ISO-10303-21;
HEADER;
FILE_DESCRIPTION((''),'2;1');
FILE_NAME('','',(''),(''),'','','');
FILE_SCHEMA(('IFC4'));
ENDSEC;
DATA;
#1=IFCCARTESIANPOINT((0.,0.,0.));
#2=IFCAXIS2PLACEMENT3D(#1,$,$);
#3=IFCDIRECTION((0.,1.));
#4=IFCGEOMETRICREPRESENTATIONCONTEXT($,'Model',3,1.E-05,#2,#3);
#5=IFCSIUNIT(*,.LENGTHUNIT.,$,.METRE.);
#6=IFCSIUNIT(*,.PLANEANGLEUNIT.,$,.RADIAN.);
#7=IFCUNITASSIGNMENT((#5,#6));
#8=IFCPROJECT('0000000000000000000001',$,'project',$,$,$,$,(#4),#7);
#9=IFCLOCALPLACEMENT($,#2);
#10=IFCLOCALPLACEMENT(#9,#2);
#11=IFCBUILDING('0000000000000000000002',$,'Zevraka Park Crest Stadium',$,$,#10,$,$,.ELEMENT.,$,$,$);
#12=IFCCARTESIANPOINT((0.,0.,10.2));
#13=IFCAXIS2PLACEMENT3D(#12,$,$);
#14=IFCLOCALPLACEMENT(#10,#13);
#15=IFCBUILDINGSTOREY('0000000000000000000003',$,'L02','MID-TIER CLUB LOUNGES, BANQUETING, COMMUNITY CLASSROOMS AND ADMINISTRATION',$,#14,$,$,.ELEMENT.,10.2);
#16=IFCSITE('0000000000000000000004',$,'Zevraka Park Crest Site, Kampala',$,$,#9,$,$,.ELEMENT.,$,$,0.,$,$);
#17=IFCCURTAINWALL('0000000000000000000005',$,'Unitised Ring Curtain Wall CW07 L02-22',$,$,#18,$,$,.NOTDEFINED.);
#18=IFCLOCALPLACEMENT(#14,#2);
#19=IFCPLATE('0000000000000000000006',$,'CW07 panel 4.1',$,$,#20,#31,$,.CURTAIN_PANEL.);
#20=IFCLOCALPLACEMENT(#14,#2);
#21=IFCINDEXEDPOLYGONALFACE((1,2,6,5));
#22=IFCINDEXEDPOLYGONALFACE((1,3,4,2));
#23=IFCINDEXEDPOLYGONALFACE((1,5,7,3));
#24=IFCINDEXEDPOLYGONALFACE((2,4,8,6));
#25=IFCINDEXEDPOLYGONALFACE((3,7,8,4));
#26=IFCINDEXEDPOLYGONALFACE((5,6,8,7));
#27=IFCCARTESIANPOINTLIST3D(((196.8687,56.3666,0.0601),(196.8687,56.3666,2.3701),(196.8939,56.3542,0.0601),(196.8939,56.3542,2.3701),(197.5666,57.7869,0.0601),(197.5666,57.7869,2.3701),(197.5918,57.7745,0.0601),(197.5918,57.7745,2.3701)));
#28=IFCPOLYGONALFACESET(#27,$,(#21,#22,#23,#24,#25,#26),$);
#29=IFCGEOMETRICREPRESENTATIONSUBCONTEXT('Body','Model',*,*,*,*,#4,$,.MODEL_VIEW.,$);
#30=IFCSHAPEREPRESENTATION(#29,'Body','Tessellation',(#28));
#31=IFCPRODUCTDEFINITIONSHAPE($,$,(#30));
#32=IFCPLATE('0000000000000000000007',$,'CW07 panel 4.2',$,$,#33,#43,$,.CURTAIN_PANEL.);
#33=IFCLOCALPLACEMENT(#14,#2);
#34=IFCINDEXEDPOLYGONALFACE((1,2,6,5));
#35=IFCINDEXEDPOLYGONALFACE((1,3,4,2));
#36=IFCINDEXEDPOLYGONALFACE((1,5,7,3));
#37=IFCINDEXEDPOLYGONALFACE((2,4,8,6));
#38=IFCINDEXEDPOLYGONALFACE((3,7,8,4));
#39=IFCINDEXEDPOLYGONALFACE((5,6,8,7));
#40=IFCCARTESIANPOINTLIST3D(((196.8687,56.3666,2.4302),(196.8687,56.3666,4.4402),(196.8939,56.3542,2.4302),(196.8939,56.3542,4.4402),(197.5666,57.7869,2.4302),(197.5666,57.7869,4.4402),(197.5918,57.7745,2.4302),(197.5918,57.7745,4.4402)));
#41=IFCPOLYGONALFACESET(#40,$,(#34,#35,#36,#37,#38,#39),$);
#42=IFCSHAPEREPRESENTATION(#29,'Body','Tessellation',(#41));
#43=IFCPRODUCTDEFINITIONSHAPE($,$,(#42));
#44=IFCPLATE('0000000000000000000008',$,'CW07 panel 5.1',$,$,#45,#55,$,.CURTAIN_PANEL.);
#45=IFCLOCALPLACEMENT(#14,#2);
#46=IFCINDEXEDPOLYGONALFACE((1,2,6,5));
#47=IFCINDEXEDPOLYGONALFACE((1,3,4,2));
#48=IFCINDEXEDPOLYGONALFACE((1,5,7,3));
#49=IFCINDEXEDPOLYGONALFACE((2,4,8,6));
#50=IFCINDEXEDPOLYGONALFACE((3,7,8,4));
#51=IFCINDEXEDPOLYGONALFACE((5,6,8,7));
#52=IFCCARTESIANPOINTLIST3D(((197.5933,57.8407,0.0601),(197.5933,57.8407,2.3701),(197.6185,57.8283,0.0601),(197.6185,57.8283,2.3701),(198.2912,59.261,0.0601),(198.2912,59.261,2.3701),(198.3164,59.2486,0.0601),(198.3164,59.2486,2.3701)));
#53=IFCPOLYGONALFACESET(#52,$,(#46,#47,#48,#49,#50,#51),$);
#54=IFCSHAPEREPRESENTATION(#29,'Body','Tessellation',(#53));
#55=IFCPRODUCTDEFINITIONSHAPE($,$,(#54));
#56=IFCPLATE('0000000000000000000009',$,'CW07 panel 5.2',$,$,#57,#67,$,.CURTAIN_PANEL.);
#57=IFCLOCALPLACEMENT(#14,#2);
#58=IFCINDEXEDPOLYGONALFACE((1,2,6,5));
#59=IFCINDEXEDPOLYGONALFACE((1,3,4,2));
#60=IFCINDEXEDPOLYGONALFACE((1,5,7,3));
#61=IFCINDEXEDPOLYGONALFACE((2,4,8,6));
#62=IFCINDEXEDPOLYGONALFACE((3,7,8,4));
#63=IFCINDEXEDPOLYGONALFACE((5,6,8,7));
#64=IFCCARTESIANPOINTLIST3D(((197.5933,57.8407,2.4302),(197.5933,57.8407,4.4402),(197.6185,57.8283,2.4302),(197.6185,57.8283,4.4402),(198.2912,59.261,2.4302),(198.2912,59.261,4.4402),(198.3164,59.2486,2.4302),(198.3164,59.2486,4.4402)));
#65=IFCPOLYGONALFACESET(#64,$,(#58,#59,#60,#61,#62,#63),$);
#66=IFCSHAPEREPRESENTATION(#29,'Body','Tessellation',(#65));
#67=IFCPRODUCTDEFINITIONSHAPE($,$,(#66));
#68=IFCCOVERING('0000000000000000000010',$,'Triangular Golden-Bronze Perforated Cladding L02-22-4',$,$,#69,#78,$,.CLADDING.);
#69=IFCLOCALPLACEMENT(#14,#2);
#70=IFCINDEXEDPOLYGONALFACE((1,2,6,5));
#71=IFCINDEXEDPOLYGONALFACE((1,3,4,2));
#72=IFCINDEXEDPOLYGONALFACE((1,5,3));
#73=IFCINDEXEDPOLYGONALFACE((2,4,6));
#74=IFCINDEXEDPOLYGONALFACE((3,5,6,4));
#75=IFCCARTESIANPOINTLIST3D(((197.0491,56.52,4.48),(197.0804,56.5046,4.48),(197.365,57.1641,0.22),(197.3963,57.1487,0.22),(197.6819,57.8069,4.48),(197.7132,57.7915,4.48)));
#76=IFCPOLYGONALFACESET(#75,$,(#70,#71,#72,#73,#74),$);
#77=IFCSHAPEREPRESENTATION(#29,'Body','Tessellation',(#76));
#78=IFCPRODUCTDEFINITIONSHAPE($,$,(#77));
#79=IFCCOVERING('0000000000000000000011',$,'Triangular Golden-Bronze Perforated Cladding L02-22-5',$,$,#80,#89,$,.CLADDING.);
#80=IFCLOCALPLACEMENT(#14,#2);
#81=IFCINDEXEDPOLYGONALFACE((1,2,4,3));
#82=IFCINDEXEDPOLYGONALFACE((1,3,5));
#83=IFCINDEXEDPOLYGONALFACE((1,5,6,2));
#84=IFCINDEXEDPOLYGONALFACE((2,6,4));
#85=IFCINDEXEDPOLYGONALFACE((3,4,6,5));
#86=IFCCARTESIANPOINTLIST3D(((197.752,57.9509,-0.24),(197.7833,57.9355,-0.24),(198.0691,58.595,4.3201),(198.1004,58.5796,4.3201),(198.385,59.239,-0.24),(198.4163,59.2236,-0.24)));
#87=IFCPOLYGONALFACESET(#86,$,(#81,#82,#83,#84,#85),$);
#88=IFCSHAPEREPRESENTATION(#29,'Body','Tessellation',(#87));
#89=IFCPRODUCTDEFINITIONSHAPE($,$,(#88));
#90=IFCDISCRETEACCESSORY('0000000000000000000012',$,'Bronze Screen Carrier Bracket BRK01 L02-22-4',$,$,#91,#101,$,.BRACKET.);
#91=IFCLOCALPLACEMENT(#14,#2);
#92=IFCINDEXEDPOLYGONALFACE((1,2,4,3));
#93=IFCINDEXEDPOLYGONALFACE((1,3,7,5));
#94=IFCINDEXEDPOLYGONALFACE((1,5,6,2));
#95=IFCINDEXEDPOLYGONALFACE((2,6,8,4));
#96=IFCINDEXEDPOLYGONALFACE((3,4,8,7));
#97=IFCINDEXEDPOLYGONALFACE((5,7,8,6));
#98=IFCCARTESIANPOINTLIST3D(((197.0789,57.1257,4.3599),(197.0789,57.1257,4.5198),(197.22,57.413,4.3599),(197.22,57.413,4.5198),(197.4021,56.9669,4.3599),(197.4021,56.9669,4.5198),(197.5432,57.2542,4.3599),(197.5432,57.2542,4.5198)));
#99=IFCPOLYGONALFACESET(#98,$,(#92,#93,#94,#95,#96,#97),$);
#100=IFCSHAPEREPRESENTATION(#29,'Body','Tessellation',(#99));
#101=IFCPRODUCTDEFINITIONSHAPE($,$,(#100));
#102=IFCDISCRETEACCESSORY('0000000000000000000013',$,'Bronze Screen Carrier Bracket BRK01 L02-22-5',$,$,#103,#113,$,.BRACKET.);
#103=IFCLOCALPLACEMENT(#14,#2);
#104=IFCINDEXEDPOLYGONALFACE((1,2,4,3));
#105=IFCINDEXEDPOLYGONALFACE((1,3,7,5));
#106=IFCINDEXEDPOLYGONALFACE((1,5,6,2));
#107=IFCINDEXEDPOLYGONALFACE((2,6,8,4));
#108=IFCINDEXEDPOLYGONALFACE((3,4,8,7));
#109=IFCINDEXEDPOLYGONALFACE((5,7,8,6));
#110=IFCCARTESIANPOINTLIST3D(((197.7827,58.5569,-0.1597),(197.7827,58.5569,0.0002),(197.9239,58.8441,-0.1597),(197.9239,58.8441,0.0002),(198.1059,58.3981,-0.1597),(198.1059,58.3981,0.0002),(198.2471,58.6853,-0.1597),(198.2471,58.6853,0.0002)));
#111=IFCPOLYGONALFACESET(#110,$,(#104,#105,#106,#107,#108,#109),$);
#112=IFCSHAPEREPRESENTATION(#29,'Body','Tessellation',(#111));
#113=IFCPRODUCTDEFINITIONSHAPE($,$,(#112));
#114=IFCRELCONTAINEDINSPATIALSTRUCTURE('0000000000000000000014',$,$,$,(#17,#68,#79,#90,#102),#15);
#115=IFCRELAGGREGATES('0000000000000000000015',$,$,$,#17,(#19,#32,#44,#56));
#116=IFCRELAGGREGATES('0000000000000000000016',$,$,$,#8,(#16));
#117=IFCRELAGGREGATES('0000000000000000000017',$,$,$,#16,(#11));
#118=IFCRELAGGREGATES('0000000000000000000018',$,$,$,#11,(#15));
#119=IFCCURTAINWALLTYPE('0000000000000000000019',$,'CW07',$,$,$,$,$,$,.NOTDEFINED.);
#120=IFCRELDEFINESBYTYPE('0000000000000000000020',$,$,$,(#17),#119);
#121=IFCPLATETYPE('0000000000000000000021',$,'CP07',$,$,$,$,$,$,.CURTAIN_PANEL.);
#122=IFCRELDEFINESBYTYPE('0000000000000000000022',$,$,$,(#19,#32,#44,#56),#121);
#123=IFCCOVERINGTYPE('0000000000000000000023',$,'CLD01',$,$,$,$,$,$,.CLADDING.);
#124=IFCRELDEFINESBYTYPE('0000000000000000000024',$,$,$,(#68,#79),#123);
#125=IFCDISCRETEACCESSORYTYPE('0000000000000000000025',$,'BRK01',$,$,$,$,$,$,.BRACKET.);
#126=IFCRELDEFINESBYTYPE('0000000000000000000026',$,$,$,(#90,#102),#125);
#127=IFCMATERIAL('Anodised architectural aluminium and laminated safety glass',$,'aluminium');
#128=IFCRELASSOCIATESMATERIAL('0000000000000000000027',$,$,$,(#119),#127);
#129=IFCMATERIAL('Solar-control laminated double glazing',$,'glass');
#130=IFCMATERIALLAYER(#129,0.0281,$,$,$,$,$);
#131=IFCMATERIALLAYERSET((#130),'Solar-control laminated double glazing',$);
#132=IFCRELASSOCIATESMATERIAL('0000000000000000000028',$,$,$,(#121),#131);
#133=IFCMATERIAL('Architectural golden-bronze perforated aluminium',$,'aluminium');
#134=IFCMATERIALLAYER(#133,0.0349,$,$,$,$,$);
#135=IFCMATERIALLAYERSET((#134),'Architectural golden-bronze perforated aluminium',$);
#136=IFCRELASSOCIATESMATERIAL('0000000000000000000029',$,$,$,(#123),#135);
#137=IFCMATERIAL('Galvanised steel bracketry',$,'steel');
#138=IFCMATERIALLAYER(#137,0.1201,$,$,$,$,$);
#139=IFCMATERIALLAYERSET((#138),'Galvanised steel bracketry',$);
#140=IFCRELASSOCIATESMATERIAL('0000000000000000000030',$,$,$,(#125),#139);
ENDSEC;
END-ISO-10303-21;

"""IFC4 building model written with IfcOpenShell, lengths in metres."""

from ifc_helpers import new_model, si_unit, direction, frame, origin, origin_2d, place, context, subcontext, project, spatial, polyline, rectangle, outline, extrude, material, layer, layer_set, type_object, element, aggregate, save


model = new_model("IFC4")

# Units and contexts
model_context = context("Model", 3, precision=1e-05, world=origin(), true_north=direction((0.0, 1.0)))
body_context = subcontext(model_context, "Body", "Model", "MODEL_VIEW")
ifc_project = project(units=[si_unit("LENGTHUNIT", "METRE"), si_unit("PLANEANGLEUNIT", "RADIAN")], contexts=[model_context])

# Site, building, storey
site_placement = place(None, origin())
site = spatial("IfcSite", under=ifc_project, at=site_placement, Name="Zevraka Park Crest Site, Kampala", CompositionType="ELEMENT", RefElevation=0.0)
building_placement = place(site_placement, origin())
building = spatial("IfcBuilding", under=site, at=building_placement, Name="Zevraka Park Crest Stadium", CompositionType="ELEMENT")
storey_placement = place(building_placement, frame((0.0, 0.0, 10.2)))
storey = spatial("IfcBuildingStorey", under=building, at=storey_placement, Name="L02", Description="MID-TIER CLUB LOUNGES, BANQUETING, COMMUNITY CLASSROOMS AND ADMINISTRATION", CompositionType="ELEMENT", Elevation=10.2)

# Curtain wall
ifc_material_1 = material(Name="Anodised architectural aluminium and laminated safety glass", Category="aluminium")
curtain_wall_type = type_object("IfcCurtainWallType", Name="CW07", PredefinedType="NOTDEFINED", material=ifc_material_1)
curtain_wall_placement = place(storey_placement, origin())
curtain_wall = element("IfcCurtainWall", 1, at=curtain_wall_placement, inside=storey, type_object=curtain_wall_type, Name="Unitised Ring Curtain Wall CW07 L02-22", PredefinedType="NOTDEFINED")

# Plates
ifc_material_2 = material(Name="Solar-control laminated double glazing", Category="glass")
ifc_layer_1 = layer(ifc_material_2, 0.0281)
ifc_layer_set_1 = layer_set([ifc_layer_1], Name="Solar-control laminated double glazing")
plate_type = type_object("IfcPlateType", Name="CP07", PredefinedType="CURTAIN_PANEL", material=ifc_layer_set_1)
plate_1_placement = place(storey_placement, frame((197.2302, 57.0706, 0.0601), z_axis=(0.0, 0.0, 1.0), x_axis=(0.441021, 0.897497, 0.0)))
plate_1 = element("IfcPlate", 2, at=plate_1_placement, type_object=plate_type, Name="CW07 panel 4.1", PredefinedType="CURTAIN_PANEL", context=body_context, shape_type="SweptSolid", body=[
    extrude(rectangle(XDim=1.5825, YDim=0.0281, at=origin_2d()), origin(), (0.0, 0.0, 1.0), 2.3101),
])
plate_2_placement = place(storey_placement, frame((197.2302, 57.0706, 2.4302), z_axis=(0.0, 0.0, 1.0), x_axis=(0.441021, 0.897497, 0.0)))
plate_2 = element("IfcPlate", 3, at=plate_2_placement, type_object=plate_type, Name="CW07 panel 4.2", PredefinedType="CURTAIN_PANEL", context=body_context, shape_type="SweptSolid", body=[
    extrude(rectangle(XDim=1.5825, YDim=0.0281, at=origin_2d()), origin(), (0.0, 0.0, 1.0), 2.01),
])
plate_3_placement = place(storey_placement, frame((197.9548, 58.5447, 0.0601), z_axis=(0.0, 0.0, 1.0), x_axis=(0.441021, 0.897497, 0.0)))
plate_3 = element("IfcPlate", 4, at=plate_3_placement, type_object=plate_type, Name="CW07 panel 5.1", PredefinedType="CURTAIN_PANEL", context=body_context, shape_type="SweptSolid", body=[
    extrude(rectangle(XDim=1.5825, YDim=0.0281, at=origin_2d()), origin(), (0.0, 0.0, 1.0), 2.3101),
])
plate_4_placement = place(storey_placement, frame((197.9548, 58.5447, 2.4302), z_axis=(0.0, 0.0, 1.0), x_axis=(0.441021, 0.897497, 0.0)))
plate_4 = element("IfcPlate", 5, at=plate_4_placement, type_object=plate_type, Name="CW07 panel 5.2", PredefinedType="CURTAIN_PANEL", context=body_context, shape_type="SweptSolid", body=[
    extrude(rectangle(XDim=1.5825, YDim=0.0281, at=origin_2d()), origin(), (0.0, 0.0, 1.0), 2.01),
])
aggregate(curtain_wall, [plate_1, plate_2, plate_3, plate_4])

# Coverings
ifc_material_3 = material(Name="Architectural golden-bronze perforated aluminium", Category="aluminium")
ifc_layer_2 = layer(ifc_material_3, 0.0349)
ifc_layer_set_2 = layer_set([ifc_layer_2], Name="Architectural golden-bronze perforated aluminium")
covering_type = type_object("IfcCoveringType", Name="CLD01", PredefinedType="CLADDING", material=ifc_layer_set_2)
covering_1_placement = place(storey_placement, frame((197.6819, 57.8069, 4.48), z_axis=(-0.89737, 0.441279, 0.000166), x_axis=(-0.441279, -0.89737, 0.0)))
element("IfcCovering", 6, at=covering_1_placement, inside=storey, type_object=covering_type, Name="Triangular Golden-Bronze Perforated Cladding L02-22-4", PredefinedType="CLADDING", context=body_context, shape_type="SweptSolid", body=[
    extrude(outline(polyline([(0.0, 0.0), (1.434, 0.0), (0.7167, -4.26), (0.0, 0.0)])), origin(), (0.0, 0.0, -1.0), 0.0349),
])
covering_2_placement = place(storey_placement, frame((197.752, 57.9509, -0.24), z_axis=(-0.897468, 0.441079, 0.00012), x_axis=(0.441079, 0.897468, 0.0)))
element("IfcCovering", 7, at=covering_2_placement, inside=storey, type_object=covering_type, Name="Triangular Golden-Bronze Perforated Cladding L02-22-5", PredefinedType="CLADDING", context=body_context, shape_type="SweptSolid", body=[
    extrude(outline(polyline([(0.0, 0.0), (1.4352, 0.0), (0.7179, -4.5601), (0.0, 0.0)])), origin(), (0.0, 0.0, -1.0), 0.0349),
])

# Discrete accessories
ifc_material_4 = material(Name="Galvanised steel bracketry", Category="steel")
ifc_layer_3 = layer(ifc_material_4, 0.1201)
ifc_layer_set_3 = layer_set([ifc_layer_3], Name="Galvanised steel bracketry")
discrete_accessory_type = type_object("IfcDiscreteAccessoryType", Name="BRK01", PredefinedType="BRACKET", material=ifc_layer_set_3)
for number, where, z_axis, x_axis, name in (
    (8, (197.311, 57.1899, 4.3599), (0.0, 0.0, 1.0), (0.441036, 0.897489, 0.0), "Bronze Screen Carrier Bracket BRK01 L02-22-4"),
    (9, (198.0149, 58.6211, -0.1597), (0.0, 0.0, 1.0), (0.441036, 0.897489, 0.0), "Bronze Screen Carrier Bracket BRK01 L02-22-5"),
):
    element("IfcDiscreteAccessory", number, at=place(storey_placement, frame(where, z_axis=z_axis, x_axis=x_axis)), inside=storey, type_object=discrete_accessory_type, Name=name, PredefinedType="BRACKET", context=body_context, shape_type="SweptSolid", body=[
        extrude(rectangle(XDim=0.3201, YDim=0.3601, at=origin_2d()), origin(), (0.0, 0.0, 1.0), 0.1599),
    ])

save(model, "model.ifc")
